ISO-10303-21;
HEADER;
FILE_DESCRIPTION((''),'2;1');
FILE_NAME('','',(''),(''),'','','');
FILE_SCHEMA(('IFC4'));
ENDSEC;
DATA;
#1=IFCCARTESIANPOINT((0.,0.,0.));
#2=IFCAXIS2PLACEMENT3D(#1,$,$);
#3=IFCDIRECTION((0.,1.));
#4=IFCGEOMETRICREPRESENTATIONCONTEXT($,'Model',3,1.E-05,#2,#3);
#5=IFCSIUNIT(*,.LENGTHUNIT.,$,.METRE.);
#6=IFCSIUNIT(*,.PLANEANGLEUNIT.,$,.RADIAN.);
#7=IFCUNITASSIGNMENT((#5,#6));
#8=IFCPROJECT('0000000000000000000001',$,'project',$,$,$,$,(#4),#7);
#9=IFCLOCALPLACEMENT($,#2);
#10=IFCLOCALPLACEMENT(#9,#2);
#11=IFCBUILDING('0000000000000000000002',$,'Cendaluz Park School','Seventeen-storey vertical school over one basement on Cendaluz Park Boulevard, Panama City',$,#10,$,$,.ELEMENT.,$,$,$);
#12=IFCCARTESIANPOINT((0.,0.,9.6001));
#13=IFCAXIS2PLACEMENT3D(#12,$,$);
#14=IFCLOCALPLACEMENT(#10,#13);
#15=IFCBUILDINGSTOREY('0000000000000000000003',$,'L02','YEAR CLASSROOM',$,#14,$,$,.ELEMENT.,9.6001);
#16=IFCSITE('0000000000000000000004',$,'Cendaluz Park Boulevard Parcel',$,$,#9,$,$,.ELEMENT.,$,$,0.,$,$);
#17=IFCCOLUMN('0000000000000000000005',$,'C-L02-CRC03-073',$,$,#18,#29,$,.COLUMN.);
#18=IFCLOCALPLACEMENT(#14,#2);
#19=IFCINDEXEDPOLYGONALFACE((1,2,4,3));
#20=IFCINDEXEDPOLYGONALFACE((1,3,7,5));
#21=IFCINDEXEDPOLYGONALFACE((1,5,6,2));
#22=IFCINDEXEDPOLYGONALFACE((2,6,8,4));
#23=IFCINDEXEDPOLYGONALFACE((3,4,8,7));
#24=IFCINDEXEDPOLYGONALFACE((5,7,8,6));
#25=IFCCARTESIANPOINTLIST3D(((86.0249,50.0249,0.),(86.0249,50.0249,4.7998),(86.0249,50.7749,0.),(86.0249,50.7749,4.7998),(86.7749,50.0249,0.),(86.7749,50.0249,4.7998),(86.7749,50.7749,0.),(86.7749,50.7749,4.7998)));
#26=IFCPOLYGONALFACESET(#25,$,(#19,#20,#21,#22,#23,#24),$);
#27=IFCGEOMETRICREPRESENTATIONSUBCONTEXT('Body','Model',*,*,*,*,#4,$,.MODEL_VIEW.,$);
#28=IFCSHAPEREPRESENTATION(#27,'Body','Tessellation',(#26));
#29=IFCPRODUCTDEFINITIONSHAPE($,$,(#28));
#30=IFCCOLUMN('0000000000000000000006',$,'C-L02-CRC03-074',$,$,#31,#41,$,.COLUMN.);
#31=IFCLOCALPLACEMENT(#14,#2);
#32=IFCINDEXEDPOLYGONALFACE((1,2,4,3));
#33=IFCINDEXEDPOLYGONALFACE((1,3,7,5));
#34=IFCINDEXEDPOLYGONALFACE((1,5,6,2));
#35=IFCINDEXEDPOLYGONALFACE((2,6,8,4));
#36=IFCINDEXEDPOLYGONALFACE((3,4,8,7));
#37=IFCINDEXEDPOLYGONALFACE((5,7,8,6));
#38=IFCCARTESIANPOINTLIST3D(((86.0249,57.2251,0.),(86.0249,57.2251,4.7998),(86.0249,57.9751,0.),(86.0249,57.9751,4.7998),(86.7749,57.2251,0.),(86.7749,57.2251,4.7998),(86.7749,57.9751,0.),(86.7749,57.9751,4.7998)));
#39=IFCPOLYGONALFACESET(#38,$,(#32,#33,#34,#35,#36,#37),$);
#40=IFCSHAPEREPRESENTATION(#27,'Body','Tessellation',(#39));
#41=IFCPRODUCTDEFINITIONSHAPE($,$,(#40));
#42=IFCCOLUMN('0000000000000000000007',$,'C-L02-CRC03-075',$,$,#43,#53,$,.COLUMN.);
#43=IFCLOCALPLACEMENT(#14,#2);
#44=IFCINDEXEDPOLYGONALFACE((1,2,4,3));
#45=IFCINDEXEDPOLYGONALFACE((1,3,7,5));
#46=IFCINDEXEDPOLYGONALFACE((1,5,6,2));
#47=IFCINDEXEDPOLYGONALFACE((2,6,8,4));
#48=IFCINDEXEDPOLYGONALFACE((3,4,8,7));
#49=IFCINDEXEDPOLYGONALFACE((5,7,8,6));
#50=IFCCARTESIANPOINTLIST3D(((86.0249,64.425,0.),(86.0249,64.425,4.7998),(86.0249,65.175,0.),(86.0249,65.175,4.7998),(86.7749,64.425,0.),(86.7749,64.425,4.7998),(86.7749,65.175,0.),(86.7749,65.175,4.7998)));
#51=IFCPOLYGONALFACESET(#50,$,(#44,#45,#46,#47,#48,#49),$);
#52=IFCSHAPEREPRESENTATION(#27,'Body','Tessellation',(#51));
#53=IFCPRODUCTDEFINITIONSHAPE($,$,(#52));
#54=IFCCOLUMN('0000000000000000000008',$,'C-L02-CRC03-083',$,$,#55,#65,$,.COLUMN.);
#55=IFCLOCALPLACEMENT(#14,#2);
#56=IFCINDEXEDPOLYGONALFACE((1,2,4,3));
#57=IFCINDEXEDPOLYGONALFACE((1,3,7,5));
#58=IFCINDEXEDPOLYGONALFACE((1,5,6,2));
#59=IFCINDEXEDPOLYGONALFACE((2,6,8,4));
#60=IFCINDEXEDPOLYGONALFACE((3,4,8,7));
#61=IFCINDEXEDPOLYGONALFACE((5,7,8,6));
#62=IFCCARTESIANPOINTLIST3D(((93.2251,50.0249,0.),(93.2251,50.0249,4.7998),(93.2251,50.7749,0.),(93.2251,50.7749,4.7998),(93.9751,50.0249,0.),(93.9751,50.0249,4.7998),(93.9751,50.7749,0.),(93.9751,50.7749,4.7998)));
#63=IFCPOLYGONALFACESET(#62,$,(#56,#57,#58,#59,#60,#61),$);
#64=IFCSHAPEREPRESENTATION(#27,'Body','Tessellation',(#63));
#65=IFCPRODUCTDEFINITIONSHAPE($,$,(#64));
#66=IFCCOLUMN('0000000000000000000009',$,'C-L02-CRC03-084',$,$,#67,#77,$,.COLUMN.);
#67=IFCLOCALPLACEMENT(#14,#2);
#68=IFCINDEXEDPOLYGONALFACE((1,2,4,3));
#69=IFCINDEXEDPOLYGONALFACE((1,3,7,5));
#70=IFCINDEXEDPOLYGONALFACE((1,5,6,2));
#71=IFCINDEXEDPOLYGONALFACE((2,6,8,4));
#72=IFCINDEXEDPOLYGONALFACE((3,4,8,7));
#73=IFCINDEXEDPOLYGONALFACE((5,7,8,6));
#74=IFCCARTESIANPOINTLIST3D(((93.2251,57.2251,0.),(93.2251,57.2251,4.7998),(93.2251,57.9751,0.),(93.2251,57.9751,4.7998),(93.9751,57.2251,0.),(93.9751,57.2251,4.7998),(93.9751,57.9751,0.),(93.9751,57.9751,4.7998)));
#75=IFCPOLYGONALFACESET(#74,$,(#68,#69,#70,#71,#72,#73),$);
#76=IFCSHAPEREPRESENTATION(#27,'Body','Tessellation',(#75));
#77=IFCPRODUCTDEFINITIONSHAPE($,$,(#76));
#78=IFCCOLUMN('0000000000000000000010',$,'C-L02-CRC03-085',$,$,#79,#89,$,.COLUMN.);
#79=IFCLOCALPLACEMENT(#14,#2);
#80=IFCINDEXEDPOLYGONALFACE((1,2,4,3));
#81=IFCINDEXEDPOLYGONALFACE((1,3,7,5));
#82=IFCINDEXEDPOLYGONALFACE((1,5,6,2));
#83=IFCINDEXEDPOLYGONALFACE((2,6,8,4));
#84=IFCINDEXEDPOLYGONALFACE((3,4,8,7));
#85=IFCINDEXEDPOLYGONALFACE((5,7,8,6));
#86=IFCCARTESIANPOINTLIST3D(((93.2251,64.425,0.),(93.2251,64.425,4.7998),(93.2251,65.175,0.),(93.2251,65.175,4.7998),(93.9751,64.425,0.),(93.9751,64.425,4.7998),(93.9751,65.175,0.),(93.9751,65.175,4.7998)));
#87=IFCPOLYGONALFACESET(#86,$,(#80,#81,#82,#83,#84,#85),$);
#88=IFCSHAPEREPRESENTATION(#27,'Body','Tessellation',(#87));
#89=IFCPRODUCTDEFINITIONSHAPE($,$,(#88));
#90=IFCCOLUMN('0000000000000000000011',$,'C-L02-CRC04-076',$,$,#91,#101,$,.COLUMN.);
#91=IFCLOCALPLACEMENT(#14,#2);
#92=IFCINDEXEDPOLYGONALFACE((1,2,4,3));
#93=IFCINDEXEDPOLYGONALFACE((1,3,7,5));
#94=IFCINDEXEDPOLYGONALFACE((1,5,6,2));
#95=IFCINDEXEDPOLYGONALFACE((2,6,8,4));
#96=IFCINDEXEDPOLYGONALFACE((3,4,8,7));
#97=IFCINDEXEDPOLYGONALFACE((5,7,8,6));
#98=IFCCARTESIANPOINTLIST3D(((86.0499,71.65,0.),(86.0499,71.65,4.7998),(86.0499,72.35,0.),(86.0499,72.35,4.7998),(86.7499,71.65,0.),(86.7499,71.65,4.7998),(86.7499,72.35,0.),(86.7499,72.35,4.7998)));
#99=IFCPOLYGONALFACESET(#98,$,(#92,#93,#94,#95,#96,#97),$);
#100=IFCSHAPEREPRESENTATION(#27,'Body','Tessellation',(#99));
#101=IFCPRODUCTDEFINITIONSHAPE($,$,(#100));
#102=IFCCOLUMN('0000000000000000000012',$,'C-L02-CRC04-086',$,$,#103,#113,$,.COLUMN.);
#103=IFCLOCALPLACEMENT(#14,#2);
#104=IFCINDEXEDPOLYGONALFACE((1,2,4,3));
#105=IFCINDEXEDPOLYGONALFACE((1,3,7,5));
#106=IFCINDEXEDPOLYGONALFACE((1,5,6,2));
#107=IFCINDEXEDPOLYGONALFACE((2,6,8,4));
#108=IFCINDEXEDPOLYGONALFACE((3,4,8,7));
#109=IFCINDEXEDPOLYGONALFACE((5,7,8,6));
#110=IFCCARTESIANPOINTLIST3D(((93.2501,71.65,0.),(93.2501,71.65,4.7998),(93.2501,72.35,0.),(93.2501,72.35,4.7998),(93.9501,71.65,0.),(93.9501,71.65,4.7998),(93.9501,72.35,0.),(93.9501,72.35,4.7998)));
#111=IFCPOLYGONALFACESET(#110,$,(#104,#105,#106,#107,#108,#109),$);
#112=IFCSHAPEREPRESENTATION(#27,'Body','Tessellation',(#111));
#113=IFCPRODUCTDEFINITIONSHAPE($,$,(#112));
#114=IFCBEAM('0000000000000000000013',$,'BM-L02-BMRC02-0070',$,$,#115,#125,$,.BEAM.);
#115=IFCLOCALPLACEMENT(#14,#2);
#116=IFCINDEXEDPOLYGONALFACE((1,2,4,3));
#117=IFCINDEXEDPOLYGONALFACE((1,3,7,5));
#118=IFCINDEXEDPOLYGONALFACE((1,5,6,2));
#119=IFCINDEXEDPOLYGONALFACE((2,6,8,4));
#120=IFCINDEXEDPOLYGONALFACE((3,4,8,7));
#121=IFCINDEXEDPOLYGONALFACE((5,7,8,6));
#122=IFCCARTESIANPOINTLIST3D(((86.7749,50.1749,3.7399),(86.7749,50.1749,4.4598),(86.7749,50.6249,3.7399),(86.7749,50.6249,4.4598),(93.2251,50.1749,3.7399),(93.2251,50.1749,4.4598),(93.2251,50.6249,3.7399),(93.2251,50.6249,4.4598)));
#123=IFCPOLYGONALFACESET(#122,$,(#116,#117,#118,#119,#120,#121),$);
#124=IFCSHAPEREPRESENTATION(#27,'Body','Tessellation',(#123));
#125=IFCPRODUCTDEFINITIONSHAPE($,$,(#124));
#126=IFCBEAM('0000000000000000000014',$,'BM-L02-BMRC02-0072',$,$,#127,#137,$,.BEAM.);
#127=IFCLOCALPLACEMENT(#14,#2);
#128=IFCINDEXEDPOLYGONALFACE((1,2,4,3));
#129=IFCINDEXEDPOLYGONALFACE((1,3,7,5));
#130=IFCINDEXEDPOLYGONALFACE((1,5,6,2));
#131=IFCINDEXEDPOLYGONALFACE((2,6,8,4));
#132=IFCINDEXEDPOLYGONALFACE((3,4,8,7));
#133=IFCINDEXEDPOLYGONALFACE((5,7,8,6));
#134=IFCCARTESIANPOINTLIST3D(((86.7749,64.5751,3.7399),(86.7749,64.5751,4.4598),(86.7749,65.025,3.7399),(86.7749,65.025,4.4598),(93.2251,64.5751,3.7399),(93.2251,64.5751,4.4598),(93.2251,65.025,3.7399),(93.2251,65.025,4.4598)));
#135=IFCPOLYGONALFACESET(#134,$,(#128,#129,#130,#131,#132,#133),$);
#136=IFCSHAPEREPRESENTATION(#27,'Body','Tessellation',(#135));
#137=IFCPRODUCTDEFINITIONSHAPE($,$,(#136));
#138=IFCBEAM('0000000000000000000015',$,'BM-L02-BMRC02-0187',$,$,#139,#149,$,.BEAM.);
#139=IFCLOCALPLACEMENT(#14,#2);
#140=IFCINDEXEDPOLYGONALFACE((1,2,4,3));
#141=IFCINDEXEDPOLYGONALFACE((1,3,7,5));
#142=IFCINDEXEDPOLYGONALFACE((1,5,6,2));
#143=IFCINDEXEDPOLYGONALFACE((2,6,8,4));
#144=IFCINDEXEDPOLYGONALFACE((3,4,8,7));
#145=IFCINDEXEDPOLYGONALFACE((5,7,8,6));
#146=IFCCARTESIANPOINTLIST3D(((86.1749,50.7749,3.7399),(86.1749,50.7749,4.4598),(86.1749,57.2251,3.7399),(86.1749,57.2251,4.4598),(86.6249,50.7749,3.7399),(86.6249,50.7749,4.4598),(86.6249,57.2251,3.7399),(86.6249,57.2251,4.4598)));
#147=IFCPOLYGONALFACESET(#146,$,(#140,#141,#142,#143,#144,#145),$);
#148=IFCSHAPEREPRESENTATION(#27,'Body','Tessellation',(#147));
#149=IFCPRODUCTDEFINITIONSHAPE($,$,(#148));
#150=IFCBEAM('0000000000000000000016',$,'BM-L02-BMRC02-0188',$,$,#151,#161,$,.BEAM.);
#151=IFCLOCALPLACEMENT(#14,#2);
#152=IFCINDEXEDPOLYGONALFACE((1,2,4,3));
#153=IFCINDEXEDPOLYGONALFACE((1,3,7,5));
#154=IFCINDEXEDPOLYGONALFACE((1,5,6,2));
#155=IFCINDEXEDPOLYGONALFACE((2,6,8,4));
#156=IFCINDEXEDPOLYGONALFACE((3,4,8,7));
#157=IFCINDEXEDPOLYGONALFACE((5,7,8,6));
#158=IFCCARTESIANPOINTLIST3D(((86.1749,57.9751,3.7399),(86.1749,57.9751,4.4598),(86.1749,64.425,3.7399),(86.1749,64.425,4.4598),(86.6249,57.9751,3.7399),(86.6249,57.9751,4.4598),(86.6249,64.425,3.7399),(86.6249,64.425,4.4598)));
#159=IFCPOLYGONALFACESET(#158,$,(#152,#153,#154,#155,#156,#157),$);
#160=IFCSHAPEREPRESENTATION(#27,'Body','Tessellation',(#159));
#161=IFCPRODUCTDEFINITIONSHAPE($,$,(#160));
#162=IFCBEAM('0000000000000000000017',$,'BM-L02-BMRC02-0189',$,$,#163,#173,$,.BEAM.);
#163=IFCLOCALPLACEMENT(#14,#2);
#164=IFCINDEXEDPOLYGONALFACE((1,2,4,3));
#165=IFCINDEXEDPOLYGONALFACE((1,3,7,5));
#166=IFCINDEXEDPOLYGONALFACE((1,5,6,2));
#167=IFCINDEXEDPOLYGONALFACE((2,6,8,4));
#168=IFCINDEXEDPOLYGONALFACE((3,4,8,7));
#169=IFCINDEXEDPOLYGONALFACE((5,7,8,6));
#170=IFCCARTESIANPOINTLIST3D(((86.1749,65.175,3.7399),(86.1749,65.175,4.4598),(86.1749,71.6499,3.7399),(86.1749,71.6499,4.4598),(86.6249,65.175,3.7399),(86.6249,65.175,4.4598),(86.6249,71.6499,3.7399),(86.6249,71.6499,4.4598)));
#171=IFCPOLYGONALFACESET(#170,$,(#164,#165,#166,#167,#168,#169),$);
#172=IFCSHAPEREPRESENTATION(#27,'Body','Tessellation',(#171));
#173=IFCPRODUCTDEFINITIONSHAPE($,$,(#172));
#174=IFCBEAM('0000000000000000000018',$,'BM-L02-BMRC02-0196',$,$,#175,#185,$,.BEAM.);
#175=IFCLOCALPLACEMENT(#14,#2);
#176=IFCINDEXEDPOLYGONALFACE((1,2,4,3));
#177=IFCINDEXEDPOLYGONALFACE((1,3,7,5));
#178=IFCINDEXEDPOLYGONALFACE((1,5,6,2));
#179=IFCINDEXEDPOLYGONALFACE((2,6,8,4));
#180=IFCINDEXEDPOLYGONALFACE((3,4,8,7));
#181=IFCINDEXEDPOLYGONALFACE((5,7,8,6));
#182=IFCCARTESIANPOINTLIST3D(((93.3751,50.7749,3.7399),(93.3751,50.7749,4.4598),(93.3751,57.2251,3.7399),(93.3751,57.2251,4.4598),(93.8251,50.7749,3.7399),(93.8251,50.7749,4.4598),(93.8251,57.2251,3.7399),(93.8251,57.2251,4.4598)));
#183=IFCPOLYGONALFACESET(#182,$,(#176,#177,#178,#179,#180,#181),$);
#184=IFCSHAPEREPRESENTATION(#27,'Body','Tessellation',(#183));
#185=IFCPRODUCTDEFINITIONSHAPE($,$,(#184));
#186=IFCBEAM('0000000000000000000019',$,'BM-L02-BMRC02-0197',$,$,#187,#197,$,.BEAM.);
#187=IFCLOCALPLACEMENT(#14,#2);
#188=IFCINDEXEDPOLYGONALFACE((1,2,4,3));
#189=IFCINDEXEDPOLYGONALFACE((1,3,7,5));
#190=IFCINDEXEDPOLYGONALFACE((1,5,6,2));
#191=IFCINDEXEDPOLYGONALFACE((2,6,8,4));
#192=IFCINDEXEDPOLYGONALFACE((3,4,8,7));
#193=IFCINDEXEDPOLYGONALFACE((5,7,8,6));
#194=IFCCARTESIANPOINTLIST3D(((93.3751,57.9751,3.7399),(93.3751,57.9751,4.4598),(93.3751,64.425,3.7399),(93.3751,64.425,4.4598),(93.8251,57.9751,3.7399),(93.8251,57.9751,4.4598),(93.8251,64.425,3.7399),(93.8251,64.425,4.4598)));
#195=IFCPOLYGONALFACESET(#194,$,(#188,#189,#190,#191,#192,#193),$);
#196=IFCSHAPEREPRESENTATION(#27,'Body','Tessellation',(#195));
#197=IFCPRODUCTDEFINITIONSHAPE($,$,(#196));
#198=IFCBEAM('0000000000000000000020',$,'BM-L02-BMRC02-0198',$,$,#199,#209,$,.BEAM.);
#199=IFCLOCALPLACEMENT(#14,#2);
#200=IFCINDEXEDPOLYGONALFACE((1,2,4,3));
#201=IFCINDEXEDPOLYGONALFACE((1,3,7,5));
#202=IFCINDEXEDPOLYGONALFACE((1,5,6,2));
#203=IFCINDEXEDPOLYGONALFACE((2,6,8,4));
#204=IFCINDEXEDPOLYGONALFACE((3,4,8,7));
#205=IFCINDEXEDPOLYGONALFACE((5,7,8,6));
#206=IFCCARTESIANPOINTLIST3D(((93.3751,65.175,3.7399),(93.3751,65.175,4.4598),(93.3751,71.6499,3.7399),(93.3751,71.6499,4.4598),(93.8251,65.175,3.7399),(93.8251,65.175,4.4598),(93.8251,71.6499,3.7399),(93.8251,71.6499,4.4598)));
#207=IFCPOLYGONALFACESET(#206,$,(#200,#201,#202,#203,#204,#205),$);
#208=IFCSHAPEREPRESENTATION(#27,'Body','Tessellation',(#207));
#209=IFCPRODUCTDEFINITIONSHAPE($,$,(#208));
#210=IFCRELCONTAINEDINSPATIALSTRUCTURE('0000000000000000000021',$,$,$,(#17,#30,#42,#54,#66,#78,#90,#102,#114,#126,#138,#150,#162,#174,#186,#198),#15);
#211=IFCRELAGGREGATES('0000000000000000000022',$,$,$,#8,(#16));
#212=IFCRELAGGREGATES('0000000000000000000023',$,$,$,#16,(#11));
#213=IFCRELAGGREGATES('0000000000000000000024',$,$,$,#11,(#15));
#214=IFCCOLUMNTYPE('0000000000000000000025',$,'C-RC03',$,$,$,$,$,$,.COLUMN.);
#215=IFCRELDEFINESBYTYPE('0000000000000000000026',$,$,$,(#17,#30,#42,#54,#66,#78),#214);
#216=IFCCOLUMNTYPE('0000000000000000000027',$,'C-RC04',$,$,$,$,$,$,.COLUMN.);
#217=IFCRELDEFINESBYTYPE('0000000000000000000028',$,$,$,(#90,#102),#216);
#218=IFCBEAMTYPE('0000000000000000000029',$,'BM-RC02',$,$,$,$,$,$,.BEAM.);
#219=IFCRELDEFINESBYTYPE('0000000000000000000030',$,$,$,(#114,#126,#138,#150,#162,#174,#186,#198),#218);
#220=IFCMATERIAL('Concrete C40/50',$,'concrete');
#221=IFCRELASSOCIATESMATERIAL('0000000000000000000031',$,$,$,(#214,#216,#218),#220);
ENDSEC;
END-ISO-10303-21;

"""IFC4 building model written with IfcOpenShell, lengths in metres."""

from ifc_helpers import new_model, si_unit, direction, frame, origin, origin_2d, place, context, subcontext, project, spatial, rectangle, extrude, material, material_profile, profile_set, type_object, element, save


model = new_model("IFC4")

# Units and contexts
model_context = context("Model", 3, precision=1e-05, world=origin(), true_north=direction((0.0, 1.0)))
body_context = subcontext(model_context, "Body", "Model", "MODEL_VIEW")
ifc_project = project(units=[si_unit("LENGTHUNIT", "METRE"), si_unit("PLANEANGLEUNIT", "RADIAN")], contexts=[model_context])

# Site, building, storey
site_placement = place(None, origin())
site = spatial("IfcSite", under=ifc_project, at=site_placement, Name="Cendaluz Park Boulevard Parcel", CompositionType="ELEMENT", RefElevation=0.0)
building_placement = place(site_placement, origin())
building = spatial("IfcBuilding", under=site, at=building_placement, Name="Cendaluz Park School", Description="Seventeen-storey vertical school over one basement on Cendaluz Park Boulevard, Panama City", CompositionType="ELEMENT")
storey_placement = place(building_placement, frame((0.0, 0.0, 9.6001)))
storey = spatial("IfcBuildingStorey", under=building, at=storey_placement, Name="L02", Description="YEAR CLASSROOM", CompositionType="ELEMENT", Elevation=9.6001)

# Columns
ifc_material_1 = material(Name="Concrete C40/50", Category="concrete")
ifc_material_profile_1 = material_profile(ifc_material_1, rectangle(XDim=0.75, YDim=0.75, at=origin_2d()), Name="RC 750x750", Category="concrete")
ifc_profile_set_1 = profile_set([ifc_material_profile_1], Name="Concrete C40/50")
column_type_1 = type_object("IfcColumnType", Name="C-RC03", PredefinedType="COLUMN", material=ifc_profile_set_1)
for number, where, z_axis, x_axis, name in (
    (1, (86.3999, 50.3999, 0.0), (0.0, 0.0, 1.0), (1.0, 0.0, 0.0), "C-L02-CRC03-073"),
    (2, (86.3999, 57.6001, 0.0), (0.0, 0.0, 1.0), (1.0, 0.0, 0.0), "C-L02-CRC03-074"),
    (3, (86.3999, 64.8, 0.0), (0.0, 0.0, 1.0), (1.0, 0.0, 0.0), "C-L02-CRC03-075"),
    (4, (93.6001, 50.3999, 0.0), (0.0, 0.0, 1.0), (1.0, 0.0, 0.0), "C-L02-CRC03-083"),
    (5, (93.6001, 57.6001, 0.0), (0.0, 0.0, 1.0), (1.0, 0.0, 0.0), "C-L02-CRC03-084"),
    (6, (93.6001, 64.8, 0.0), (0.0, 0.0, 1.0), (1.0, 0.0, 0.0), "C-L02-CRC03-085"),
):
    element("IfcColumn", number, at=place(storey_placement, frame(where, z_axis=z_axis, x_axis=x_axis)), inside=storey, type_object=column_type_1, Name=name, PredefinedType="COLUMN", context=body_context, shape_type="SweptSolid", body=[
        extrude(rectangle(XDim=0.75, YDim=0.75, at=origin_2d()), origin(), (0.0, 0.0, 1.0), 4.7998),
    ])
ifc_material_profile_2 = material_profile(ifc_material_1, rectangle(XDim=0.7, YDim=0.7, at=origin_2d()), Name="RC 700x700", Category="concrete")
ifc_profile_set_2 = profile_set([ifc_material_profile_2], Name="Concrete C40/50")
column_type_2 = type_object("IfcColumnType", Name="C-RC04", PredefinedType="COLUMN", material=ifc_profile_set_2)
for number, where, z_axis, x_axis, name in (
    (7, (86.3999, 72.0, 0.0), (0.0, 0.0, 1.0), (1.0, 0.0, 0.0), "C-L02-CRC04-076"),
    (8, (93.6001, 72.0, 0.0), (0.0, 0.0, 1.0), (1.0, 0.0, 0.0), "C-L02-CRC04-086"),
):
    element("IfcColumn", number, at=place(storey_placement, frame(where, z_axis=z_axis, x_axis=x_axis)), inside=storey, type_object=column_type_2, Name=name, PredefinedType="COLUMN", context=body_context, shape_type="SweptSolid", body=[
        extrude(rectangle(XDim=0.7, YDim=0.7, at=origin_2d()), origin(), (0.0, 0.0, 1.0), 4.7998),
    ])

# Beams
ifc_material_profile_3 = material_profile(ifc_material_1, rectangle(XDim=0.45, YDim=0.72, at=origin_2d()), Name="RC 450x720", Category="concrete")
ifc_profile_set_3 = profile_set([ifc_material_profile_3], Name="Concrete C40/50")
beam_type_1 = type_object("IfcBeamType", Name="BM-RC02", PredefinedType="BEAM", material=ifc_profile_set_3)
for number, where, z_axis, x_axis, name in (
    (9, (86.7749, 50.3999, 4.0999), (1.0, 0.0, 0.0), (0.0, 1.0, 0.0), "BM-L02-BMRC02-0070"),
    (10, (86.7749, 64.8, 4.0999), (1.0, 0.0, 0.0), (0.0, 1.0, 0.0), "BM-L02-BMRC02-0072"),
    (11, (86.3999, 50.7749, 4.0999), (0.0, 1.0, 0.0), (-1.0, 0.0, 0.0), "BM-L02-BMRC02-0187"),
):
    element("IfcBeam", number, at=place(storey_placement, frame(where, z_axis=z_axis, x_axis=x_axis)), inside=storey, type_object=beam_type_1, Name=name, PredefinedType="BEAM", context=body_context, shape_type="SweptSolid", body=[
        extrude(rectangle(XDim=0.45, YDim=0.72, at=origin_2d()), origin(), (0.0, 0.0, 1.0), 6.4502),
    ])
beam_1_placement = place(storey_placement, frame((86.3999, 57.9751, 4.0999), z_axis=(0.0, 1.0, 0.0), x_axis=(-1.0, 0.0, 0.0)))
element("IfcBeam", 12, at=beam_1_placement, inside=storey, type_object=beam_type_1, Name="BM-L02-BMRC02-0188", PredefinedType="BEAM", context=body_context, shape_type="SweptSolid", body=[
    extrude(rectangle(XDim=0.45, YDim=0.72, at=origin_2d()), origin(), (0.0, 0.0, 1.0), 6.45),
])
beam_2_placement = place(storey_placement, frame((86.3999, 65.175, 4.0999), z_axis=(0.0, 1.0, 0.0), x_axis=(-1.0, 0.0, 0.0)))
element("IfcBeam", 13, at=beam_2_placement, inside=storey, type_object=beam_type_1, Name="BM-L02-BMRC02-0189", PredefinedType="BEAM", context=body_context, shape_type="SweptSolid", body=[
    extrude(rectangle(XDim=0.45, YDim=0.72, at=origin_2d()), origin(), (0.0, 0.0, 1.0), 6.4749),
])
beam_3_placement = place(storey_placement, frame((93.6001, 50.7749, 4.0999), z_axis=(0.0, 1.0, 0.0), x_axis=(-1.0, 0.0, 0.0)))
element("IfcBeam", 14, at=beam_3_placement, inside=storey, type_object=beam_type_1, Name="BM-L02-BMRC02-0196", PredefinedType="BEAM", context=body_context, shape_type="SweptSolid", body=[
    extrude(rectangle(XDim=0.45, YDim=0.72, at=origin_2d()), origin(), (0.0, 0.0, 1.0), 6.4502),
])
beam_4_placement = place(storey_placement, frame((93.6001, 57.9751, 4.0999), z_axis=(0.0, 1.0, 0.0), x_axis=(-1.0, 0.0, 0.0)))
element("IfcBeam", 15, at=beam_4_placement, inside=storey, type_object=beam_type_1, Name="BM-L02-BMRC02-0197", PredefinedType="BEAM", context=body_context, shape_type="SweptSolid", body=[
    extrude(rectangle(XDim=0.45, YDim=0.72, at=origin_2d()), origin(), (0.0, 0.0, 1.0), 6.45),
])
beam_5_placement = place(storey_placement, frame((93.6001, 65.175, 4.0999), z_axis=(0.0, 1.0, 0.0), x_axis=(-1.0, 0.0, 0.0)))
element("IfcBeam", 16, at=beam_5_placement, inside=storey, type_object=beam_type_1, Name="BM-L02-BMRC02-0198", PredefinedType="BEAM", context=body_context, shape_type="SweptSolid", body=[
    extrude(rectangle(XDim=0.45, YDim=0.72, at=origin_2d()), origin(), (0.0, 0.0, 1.0), 6.4749),
])

save(model, "model.ifc")
